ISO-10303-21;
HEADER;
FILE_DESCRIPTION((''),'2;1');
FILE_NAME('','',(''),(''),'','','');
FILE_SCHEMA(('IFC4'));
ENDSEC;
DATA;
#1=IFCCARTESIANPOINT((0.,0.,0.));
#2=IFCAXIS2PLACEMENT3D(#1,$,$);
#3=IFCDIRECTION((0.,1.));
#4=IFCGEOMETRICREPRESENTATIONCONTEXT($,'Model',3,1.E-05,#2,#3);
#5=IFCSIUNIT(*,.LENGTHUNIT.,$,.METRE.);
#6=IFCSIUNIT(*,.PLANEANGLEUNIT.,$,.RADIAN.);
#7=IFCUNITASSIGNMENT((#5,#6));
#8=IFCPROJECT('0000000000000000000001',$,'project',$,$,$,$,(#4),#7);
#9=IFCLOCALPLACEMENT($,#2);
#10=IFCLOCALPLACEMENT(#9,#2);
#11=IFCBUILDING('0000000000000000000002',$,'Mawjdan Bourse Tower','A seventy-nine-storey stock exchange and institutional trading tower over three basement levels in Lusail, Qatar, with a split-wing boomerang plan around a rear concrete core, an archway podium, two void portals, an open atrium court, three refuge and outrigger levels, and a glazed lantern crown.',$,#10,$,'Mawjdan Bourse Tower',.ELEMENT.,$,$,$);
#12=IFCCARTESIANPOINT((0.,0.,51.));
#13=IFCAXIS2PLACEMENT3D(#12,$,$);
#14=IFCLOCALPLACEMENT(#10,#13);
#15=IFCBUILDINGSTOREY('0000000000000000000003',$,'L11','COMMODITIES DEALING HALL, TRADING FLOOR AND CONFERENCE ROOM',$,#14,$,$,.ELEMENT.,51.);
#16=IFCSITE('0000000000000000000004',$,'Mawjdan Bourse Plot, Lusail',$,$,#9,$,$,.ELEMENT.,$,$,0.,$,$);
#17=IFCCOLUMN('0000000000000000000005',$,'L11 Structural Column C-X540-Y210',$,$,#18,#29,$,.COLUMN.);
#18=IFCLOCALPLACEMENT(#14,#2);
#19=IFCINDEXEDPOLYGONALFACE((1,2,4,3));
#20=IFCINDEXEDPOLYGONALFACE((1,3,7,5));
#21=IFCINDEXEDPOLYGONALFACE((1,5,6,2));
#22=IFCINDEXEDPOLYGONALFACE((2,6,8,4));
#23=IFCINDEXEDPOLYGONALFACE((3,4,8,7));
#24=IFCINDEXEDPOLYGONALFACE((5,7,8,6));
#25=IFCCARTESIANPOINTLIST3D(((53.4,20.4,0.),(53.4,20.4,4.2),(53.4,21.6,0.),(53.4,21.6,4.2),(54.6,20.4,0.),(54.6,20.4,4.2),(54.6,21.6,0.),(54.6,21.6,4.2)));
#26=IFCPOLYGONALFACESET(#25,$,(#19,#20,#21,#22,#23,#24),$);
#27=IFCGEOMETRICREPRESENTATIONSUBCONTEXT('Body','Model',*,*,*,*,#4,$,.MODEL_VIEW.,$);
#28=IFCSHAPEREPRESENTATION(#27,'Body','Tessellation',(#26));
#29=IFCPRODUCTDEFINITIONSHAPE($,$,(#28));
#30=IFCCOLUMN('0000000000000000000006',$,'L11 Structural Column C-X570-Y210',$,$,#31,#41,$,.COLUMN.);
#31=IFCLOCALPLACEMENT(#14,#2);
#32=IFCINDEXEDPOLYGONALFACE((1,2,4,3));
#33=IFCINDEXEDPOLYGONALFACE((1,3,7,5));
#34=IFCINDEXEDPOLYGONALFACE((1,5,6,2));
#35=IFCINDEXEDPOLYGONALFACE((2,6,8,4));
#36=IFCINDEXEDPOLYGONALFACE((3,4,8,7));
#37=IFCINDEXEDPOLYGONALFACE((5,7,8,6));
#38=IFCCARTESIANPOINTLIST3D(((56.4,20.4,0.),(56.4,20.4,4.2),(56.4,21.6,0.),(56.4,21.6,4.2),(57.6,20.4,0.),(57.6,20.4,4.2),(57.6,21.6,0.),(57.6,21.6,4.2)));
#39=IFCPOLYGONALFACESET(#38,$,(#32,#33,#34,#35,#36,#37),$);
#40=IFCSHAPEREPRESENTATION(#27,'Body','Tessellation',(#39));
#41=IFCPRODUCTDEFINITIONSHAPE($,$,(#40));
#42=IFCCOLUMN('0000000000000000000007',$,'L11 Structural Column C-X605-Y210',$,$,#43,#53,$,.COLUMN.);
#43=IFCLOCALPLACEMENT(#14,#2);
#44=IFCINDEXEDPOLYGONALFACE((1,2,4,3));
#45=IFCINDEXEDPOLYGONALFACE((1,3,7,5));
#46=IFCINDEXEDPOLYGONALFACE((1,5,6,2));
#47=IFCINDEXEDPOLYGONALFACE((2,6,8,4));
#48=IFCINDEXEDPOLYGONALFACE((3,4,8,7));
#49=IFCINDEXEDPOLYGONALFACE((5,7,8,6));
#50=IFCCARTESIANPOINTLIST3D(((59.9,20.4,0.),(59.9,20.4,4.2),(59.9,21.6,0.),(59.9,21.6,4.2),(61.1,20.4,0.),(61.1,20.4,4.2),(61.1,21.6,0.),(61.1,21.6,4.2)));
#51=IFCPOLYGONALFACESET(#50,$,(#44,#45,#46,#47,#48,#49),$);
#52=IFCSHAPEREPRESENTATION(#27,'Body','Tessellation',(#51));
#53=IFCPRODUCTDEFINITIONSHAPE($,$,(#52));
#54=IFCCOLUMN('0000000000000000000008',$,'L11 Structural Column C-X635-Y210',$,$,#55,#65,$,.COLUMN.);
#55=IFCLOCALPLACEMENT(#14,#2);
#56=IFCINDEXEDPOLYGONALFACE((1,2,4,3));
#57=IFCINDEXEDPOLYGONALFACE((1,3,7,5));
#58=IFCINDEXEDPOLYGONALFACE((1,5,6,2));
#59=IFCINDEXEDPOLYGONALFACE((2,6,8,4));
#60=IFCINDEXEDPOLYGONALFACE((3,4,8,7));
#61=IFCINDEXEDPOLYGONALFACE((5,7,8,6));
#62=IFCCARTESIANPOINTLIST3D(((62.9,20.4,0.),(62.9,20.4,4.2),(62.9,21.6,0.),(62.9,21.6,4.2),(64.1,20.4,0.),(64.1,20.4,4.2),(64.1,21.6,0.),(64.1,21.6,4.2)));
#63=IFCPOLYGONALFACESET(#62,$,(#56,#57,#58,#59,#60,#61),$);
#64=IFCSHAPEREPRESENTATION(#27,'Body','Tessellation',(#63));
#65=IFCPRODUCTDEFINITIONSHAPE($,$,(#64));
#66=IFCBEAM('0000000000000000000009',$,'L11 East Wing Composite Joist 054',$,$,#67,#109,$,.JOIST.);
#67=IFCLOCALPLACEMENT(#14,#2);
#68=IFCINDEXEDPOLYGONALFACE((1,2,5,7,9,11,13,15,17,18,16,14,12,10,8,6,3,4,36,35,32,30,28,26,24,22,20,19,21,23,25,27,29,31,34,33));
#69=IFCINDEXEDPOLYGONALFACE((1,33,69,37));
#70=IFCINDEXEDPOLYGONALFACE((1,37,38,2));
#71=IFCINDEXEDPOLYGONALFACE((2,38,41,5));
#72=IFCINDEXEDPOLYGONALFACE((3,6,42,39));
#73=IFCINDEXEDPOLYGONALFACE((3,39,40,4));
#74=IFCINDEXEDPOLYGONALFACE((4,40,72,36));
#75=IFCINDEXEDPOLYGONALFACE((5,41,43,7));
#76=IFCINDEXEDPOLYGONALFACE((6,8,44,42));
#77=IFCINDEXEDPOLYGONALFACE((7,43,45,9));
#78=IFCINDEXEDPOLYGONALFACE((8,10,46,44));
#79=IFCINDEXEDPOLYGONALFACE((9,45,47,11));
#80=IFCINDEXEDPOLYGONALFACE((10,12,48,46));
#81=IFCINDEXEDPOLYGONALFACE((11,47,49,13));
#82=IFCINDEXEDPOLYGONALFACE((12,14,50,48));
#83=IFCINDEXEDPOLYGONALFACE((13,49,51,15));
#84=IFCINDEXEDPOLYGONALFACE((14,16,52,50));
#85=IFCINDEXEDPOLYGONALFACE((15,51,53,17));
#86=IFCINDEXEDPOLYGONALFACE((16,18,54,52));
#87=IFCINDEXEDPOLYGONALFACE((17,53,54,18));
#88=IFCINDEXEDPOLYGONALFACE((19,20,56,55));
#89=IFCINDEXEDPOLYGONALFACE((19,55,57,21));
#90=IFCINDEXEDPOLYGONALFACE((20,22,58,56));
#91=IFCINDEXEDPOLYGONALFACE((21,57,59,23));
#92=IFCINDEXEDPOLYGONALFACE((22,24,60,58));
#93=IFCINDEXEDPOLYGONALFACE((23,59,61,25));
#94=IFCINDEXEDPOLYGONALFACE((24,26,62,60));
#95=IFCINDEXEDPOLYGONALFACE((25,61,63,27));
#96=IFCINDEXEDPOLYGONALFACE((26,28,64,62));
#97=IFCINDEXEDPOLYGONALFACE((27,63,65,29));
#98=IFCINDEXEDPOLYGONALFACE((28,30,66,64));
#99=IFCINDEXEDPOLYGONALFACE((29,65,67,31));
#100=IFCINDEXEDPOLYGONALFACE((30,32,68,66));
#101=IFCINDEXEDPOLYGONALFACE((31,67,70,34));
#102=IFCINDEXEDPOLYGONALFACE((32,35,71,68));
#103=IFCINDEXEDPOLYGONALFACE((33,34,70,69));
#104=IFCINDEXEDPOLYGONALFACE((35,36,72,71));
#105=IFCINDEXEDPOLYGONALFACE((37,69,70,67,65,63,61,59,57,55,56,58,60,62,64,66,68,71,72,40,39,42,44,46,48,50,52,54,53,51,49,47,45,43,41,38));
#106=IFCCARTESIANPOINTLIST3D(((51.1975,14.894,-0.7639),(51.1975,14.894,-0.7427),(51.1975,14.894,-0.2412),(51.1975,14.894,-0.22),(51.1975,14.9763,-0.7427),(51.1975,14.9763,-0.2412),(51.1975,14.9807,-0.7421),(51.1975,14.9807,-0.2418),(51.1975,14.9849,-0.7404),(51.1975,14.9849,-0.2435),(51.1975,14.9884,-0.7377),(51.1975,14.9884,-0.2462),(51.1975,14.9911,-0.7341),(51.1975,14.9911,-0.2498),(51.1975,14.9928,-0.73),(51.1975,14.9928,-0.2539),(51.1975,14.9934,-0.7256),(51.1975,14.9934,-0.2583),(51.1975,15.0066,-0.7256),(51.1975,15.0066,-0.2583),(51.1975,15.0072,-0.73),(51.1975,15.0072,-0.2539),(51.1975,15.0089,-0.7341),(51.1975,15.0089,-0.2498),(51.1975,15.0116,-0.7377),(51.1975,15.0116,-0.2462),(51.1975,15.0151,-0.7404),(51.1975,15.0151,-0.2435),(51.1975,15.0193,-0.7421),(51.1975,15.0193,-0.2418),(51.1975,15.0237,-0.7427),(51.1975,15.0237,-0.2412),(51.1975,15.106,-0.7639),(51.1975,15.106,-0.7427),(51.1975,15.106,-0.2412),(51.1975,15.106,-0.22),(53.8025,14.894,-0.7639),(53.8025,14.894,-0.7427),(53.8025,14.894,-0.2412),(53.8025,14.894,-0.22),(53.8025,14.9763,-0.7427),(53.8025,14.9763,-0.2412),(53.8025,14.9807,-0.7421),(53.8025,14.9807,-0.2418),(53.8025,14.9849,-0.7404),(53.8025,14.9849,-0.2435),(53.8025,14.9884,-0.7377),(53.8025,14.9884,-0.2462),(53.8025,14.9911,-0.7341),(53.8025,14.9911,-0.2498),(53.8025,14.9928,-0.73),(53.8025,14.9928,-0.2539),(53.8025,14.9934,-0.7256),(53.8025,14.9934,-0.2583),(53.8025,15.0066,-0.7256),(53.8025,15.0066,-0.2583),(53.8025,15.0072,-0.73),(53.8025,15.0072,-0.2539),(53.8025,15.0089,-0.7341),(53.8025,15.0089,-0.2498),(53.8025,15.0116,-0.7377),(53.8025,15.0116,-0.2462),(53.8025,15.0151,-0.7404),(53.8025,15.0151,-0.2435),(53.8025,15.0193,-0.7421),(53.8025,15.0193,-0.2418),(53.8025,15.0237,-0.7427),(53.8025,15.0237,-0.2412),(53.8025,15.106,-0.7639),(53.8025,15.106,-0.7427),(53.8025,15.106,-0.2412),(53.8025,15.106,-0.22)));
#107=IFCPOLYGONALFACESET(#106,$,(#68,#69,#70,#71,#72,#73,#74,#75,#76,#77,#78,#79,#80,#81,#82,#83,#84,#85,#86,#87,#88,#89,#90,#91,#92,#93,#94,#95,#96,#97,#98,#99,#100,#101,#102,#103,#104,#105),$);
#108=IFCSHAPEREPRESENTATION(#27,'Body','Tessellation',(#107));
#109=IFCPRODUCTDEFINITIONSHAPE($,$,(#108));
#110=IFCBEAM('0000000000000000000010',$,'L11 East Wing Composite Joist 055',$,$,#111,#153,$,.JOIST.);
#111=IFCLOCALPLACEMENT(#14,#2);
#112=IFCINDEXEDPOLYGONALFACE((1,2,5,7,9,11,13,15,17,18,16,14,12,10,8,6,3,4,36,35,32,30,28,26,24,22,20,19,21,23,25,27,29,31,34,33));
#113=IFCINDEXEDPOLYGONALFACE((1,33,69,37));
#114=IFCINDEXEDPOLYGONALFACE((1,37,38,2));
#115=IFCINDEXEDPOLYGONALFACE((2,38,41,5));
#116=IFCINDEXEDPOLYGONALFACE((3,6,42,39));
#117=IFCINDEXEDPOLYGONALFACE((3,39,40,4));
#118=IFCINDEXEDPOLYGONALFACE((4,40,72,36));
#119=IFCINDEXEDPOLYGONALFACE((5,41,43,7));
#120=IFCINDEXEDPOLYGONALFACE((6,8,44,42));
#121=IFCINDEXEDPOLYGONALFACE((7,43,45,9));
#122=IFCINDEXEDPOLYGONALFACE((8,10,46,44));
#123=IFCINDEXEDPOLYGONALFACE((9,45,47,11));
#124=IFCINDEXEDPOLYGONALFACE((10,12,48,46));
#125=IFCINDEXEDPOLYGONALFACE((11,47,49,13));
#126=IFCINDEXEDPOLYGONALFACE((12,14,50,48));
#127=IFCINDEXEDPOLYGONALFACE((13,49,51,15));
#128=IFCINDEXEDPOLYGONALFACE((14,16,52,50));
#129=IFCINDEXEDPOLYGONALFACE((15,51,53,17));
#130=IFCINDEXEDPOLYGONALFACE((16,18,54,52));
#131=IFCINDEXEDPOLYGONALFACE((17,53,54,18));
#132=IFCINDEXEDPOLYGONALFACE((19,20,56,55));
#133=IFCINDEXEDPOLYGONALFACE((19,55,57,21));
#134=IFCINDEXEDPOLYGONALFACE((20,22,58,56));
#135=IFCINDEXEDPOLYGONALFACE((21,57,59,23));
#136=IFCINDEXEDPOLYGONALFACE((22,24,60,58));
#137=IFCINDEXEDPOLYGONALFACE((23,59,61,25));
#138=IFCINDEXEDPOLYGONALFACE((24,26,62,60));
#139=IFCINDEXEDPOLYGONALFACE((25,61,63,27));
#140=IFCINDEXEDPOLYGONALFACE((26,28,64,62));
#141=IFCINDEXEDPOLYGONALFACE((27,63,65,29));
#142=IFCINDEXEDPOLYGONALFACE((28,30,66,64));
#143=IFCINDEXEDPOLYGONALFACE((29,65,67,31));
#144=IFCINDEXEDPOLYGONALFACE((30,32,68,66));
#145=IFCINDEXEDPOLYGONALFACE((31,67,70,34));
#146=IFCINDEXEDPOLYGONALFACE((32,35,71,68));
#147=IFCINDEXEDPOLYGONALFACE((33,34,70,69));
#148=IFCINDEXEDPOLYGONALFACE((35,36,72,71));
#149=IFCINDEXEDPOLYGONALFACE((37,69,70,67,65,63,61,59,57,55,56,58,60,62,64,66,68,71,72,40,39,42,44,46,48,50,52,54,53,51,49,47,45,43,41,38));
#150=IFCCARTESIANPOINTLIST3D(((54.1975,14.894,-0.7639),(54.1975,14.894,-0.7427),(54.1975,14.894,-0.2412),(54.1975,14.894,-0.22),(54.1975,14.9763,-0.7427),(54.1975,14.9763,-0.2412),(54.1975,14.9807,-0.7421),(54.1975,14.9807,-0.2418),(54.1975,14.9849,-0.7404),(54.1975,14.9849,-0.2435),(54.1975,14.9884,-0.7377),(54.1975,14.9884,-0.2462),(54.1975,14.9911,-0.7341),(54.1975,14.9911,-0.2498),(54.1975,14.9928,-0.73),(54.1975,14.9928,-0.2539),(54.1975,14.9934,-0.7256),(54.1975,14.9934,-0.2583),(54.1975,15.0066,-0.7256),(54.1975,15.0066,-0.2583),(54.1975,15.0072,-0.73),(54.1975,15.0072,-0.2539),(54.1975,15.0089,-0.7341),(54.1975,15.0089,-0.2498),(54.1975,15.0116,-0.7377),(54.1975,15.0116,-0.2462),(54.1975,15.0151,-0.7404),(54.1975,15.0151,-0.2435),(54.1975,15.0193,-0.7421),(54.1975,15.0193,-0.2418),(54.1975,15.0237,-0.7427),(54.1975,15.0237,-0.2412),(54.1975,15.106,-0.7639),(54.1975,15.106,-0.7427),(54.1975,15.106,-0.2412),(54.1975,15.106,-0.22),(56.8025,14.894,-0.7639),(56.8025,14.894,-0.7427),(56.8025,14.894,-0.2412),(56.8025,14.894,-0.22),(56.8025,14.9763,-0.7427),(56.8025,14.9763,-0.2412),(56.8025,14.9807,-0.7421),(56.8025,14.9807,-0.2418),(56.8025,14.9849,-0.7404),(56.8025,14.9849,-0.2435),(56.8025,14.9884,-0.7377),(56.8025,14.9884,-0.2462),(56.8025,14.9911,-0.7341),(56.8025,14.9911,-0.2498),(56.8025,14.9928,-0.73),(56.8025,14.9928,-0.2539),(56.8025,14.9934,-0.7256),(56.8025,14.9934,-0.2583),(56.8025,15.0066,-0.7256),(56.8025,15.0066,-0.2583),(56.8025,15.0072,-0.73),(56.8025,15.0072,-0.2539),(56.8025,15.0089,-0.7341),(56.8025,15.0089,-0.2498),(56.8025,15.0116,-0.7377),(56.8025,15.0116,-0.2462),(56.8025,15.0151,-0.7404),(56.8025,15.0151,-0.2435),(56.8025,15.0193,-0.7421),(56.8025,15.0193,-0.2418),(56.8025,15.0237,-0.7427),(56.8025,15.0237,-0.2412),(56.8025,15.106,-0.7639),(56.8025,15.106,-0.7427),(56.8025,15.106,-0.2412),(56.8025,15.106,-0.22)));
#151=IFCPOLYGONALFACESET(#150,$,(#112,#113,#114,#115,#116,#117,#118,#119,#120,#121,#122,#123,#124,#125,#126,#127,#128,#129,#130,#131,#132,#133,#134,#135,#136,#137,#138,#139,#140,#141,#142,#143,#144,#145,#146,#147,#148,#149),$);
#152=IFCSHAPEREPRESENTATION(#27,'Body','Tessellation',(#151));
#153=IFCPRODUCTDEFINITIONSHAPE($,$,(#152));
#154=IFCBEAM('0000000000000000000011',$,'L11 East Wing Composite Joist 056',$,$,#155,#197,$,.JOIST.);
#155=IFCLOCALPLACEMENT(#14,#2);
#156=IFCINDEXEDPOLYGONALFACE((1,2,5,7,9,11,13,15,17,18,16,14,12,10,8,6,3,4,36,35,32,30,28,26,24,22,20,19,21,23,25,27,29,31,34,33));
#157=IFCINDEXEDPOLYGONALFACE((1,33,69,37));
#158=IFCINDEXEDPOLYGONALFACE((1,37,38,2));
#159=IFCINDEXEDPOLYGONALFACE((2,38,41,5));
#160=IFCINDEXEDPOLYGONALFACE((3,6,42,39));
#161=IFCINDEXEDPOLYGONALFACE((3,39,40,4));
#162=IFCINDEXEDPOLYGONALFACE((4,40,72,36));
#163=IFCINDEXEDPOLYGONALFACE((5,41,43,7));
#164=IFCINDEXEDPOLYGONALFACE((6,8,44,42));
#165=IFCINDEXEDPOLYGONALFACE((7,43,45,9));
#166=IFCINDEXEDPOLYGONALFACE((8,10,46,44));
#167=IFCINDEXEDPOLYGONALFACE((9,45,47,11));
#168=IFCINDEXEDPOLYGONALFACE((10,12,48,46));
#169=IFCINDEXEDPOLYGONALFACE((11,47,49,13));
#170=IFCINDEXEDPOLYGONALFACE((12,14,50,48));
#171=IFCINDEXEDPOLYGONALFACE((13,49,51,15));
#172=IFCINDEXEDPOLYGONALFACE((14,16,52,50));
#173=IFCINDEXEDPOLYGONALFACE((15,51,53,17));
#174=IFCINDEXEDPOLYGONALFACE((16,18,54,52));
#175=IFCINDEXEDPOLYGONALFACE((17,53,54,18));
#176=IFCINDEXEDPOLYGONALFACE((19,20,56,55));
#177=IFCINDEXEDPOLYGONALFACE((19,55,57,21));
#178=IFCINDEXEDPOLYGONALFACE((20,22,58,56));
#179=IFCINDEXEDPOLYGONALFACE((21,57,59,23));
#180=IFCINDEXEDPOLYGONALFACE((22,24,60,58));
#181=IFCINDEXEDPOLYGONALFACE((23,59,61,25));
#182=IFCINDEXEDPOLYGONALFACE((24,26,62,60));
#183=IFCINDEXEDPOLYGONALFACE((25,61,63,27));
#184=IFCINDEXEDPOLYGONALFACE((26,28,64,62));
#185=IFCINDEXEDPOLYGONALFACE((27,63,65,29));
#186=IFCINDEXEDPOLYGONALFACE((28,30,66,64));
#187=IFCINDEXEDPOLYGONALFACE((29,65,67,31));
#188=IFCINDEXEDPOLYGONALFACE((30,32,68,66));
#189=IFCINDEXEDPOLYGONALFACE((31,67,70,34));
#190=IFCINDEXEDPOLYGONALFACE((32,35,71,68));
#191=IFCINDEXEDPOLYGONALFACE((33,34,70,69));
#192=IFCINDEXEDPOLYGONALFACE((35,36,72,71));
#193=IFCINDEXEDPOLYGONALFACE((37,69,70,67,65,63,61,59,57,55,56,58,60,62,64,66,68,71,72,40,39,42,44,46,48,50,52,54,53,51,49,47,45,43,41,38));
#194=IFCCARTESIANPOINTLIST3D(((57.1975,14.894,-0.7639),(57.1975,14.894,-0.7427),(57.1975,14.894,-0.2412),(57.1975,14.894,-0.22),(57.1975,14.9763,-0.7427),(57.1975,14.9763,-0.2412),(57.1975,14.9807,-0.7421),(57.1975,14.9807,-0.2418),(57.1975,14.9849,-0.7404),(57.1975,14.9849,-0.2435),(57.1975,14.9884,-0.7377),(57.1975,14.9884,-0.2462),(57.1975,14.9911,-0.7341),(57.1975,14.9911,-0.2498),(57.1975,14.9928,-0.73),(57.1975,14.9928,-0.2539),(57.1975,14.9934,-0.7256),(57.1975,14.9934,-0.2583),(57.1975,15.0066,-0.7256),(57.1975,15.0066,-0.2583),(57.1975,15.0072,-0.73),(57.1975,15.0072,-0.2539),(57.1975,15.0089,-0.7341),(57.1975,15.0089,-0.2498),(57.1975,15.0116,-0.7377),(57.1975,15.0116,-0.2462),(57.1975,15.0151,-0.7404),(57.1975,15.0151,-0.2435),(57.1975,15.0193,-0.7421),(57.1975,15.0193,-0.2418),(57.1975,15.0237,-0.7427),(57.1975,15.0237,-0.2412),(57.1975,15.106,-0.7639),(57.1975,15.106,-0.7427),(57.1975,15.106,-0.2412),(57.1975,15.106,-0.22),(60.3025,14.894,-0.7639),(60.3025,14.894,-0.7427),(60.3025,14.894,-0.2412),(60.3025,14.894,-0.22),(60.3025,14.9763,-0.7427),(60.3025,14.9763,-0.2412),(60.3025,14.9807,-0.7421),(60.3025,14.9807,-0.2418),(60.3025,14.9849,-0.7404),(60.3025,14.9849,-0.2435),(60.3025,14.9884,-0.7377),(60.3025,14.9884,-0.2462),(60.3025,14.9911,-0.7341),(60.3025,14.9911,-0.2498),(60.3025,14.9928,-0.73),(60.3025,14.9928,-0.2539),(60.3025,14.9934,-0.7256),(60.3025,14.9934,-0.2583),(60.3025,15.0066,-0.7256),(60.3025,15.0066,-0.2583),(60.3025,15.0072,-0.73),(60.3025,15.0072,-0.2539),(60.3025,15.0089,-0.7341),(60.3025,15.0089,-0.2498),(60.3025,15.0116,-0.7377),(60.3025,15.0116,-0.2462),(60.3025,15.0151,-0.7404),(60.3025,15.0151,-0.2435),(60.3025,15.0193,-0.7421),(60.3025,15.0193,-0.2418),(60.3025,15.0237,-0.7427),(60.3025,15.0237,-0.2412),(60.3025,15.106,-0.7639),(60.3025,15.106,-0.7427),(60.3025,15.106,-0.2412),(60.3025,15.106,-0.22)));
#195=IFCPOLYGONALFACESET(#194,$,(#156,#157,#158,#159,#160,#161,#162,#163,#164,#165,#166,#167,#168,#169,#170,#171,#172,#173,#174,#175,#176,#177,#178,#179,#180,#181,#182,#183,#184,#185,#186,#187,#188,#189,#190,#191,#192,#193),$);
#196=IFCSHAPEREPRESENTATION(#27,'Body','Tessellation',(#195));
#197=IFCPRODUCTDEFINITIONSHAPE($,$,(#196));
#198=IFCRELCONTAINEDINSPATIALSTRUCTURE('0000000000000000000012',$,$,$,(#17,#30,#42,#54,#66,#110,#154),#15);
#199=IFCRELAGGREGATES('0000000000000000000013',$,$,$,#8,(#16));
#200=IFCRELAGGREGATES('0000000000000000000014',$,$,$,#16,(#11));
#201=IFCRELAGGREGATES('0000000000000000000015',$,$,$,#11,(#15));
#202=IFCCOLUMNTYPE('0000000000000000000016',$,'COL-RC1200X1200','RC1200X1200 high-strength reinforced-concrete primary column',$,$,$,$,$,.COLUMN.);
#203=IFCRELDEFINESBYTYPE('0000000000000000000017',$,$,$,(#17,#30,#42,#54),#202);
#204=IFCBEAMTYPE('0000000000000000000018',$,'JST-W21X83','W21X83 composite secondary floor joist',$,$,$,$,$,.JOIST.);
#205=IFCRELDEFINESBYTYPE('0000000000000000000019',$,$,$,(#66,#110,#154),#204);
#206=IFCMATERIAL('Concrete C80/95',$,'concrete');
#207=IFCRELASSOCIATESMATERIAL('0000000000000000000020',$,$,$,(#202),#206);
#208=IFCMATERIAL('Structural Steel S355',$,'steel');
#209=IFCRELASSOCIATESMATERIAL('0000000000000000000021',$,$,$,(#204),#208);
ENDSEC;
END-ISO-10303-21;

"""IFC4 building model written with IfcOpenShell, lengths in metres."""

from ifc_helpers import new_model, si_unit, direction, frame, origin, origin_2d, place, context, subcontext, project, spatial, rectangle, i_section, extrude, material, material_profile, profile_set, type_object, element, save


model = new_model("IFC4")

# Units and contexts
model_context = context("Model", 3, precision=1e-05, world=origin(), true_north=direction((0.0, 1.0)))
body_context = subcontext(model_context, "Body", "Model", "MODEL_VIEW")
ifc_project = project(units=[si_unit("LENGTHUNIT", "METRE"), si_unit("PLANEANGLEUNIT", "RADIAN")], contexts=[model_context])

# Site, building, storey
site_placement = place(None, origin())
site = spatial("IfcSite", under=ifc_project, at=site_placement, Name="Mawjdan Bourse Plot, Lusail", CompositionType="ELEMENT", RefElevation=0.0)
building_placement = place(site_placement, origin())
building = spatial("IfcBuilding", under=site, at=building_placement, Name="Mawjdan Bourse Tower", Description="A seventy-nine-storey stock exchange and institutional trading tower over three basement levels in Lusail, Qatar, with a split-wing boomerang plan around a rear concrete core, an archway podium, two void portals, an open atrium court, three refuge and outrigger levels, and a glazed lantern crown.", LongName="Mawjdan Bourse Tower", CompositionType="ELEMENT")
storey_placement = place(building_placement, frame((0.0, 0.0, 51.0)))
storey = spatial("IfcBuildingStorey", under=building, at=storey_placement, Name="L11", Description="COMMODITIES DEALING HALL, TRADING FLOOR AND CONFERENCE ROOM", CompositionType="ELEMENT", Elevation=51.0)

# Columns
ifc_material_1 = material(Name="Concrete C80/95", Category="concrete")
ifc_material_profile_1 = material_profile(ifc_material_1, rectangle(XDim=1.2, YDim=1.2, at=origin_2d()), Name="RC1200X1200")
ifc_profile_set_1 = profile_set([ifc_material_profile_1], Name="Concrete C80/95")
column_type = type_object("IfcColumnType", Name="COL-RC1200X1200", Description="RC1200X1200 high-strength reinforced-concrete primary column", PredefinedType="COLUMN", material=ifc_profile_set_1)
for number, where, z_axis, x_axis, name in (
    (1, (54.0, 21.0, 0.0), (0.0, 0.0, 1.0), (1.0, 0.0, 0.0), "L11 Structural Column C-X540-Y210"),
    (2, (57.0, 21.0, 0.0), (0.0, 0.0, 1.0), (1.0, 0.0, 0.0), "L11 Structural Column C-X570-Y210"),
    (3, (60.5, 21.0, 0.0), (0.0, 0.0, 1.0), (1.0, 0.0, 0.0), "L11 Structural Column C-X605-Y210"),
    (4, (63.5, 21.0, 0.0), (0.0, 0.0, 1.0), (1.0, 0.0, 0.0), "L11 Structural Column C-X635-Y210"),
):
    element("IfcColumn", number, at=place(storey_placement, frame(where, z_axis=z_axis, x_axis=x_axis)), inside=storey, type_object=column_type, Name=name, PredefinedType="COLUMN", context=body_context, shape_type="SweptSolid", body=[
        extrude(rectangle(XDim=1.2, YDim=1.2, at=origin_2d()), origin(), (0.0, 0.0, 1.0), 4.2),
    ])

# Beams
ifc_material_2 = material(Name="Structural Steel S355", Category="steel")
ifc_material_profile_2 = material_profile(ifc_material_2, i_section(OverallWidth=0.2119, OverallDepth=0.5439, WebThickness=0.0132, FlangeThickness=0.0212, FilletRadius=0.0171, at=origin_2d()), Name="W21X83")
ifc_profile_set_2 = profile_set([ifc_material_profile_2], Name="Structural Steel S355")
beam_type_1 = type_object("IfcBeamType", Name="JST-W21X83", Description="W21X83 composite secondary floor joist", PredefinedType="JOIST", material=ifc_profile_set_2)
for number, where, z_axis, x_axis, name in (
    (5, (51.1975, 15.0, -0.4919), (1.0, 0.0, 0.0), (0.0, 1.0, 0.0), "L11 East Wing Composite Joist 054"),
    (6, (54.1975, 15.0, -0.4919), (1.0, 0.0, 0.0), (0.0, 1.0, 0.0), "L11 East Wing Composite Joist 055"),
):
    element("IfcBeam", number, at=place(storey_placement, frame(where, z_axis=z_axis, x_axis=x_axis)), inside=storey, type_object=beam_type_1, Name=name, PredefinedType="JOIST", context=body_context, shape_type="SweptSolid", body=[
        extrude(i_section(OverallWidth=0.2119, OverallDepth=0.5439, WebThickness=0.0132, FlangeThickness=0.0212, FilletRadius=0.0171, at=origin_2d()), origin(), (0.0, 0.0, 1.0), 2.605),
    ])
beam_1_placement = place(storey_placement, frame((57.1975, 15.0, -0.4919), z_axis=(1.0, 0.0, 0.0), x_axis=(0.0, 1.0, 0.0)))
element("IfcBeam", 7, at=beam_1_placement, inside=storey, type_object=beam_type_1, Name="L11 East Wing Composite Joist 056", PredefinedType="JOIST", context=body_context, shape_type="SweptSolid", body=[
    extrude(i_section(OverallWidth=0.2119, OverallDepth=0.5439, WebThickness=0.0132, FlangeThickness=0.0212, FilletRadius=0.0171, at=origin_2d()), origin(), (0.0, 0.0, 1.0), 3.105),
])

save(model, "model.ifc")
